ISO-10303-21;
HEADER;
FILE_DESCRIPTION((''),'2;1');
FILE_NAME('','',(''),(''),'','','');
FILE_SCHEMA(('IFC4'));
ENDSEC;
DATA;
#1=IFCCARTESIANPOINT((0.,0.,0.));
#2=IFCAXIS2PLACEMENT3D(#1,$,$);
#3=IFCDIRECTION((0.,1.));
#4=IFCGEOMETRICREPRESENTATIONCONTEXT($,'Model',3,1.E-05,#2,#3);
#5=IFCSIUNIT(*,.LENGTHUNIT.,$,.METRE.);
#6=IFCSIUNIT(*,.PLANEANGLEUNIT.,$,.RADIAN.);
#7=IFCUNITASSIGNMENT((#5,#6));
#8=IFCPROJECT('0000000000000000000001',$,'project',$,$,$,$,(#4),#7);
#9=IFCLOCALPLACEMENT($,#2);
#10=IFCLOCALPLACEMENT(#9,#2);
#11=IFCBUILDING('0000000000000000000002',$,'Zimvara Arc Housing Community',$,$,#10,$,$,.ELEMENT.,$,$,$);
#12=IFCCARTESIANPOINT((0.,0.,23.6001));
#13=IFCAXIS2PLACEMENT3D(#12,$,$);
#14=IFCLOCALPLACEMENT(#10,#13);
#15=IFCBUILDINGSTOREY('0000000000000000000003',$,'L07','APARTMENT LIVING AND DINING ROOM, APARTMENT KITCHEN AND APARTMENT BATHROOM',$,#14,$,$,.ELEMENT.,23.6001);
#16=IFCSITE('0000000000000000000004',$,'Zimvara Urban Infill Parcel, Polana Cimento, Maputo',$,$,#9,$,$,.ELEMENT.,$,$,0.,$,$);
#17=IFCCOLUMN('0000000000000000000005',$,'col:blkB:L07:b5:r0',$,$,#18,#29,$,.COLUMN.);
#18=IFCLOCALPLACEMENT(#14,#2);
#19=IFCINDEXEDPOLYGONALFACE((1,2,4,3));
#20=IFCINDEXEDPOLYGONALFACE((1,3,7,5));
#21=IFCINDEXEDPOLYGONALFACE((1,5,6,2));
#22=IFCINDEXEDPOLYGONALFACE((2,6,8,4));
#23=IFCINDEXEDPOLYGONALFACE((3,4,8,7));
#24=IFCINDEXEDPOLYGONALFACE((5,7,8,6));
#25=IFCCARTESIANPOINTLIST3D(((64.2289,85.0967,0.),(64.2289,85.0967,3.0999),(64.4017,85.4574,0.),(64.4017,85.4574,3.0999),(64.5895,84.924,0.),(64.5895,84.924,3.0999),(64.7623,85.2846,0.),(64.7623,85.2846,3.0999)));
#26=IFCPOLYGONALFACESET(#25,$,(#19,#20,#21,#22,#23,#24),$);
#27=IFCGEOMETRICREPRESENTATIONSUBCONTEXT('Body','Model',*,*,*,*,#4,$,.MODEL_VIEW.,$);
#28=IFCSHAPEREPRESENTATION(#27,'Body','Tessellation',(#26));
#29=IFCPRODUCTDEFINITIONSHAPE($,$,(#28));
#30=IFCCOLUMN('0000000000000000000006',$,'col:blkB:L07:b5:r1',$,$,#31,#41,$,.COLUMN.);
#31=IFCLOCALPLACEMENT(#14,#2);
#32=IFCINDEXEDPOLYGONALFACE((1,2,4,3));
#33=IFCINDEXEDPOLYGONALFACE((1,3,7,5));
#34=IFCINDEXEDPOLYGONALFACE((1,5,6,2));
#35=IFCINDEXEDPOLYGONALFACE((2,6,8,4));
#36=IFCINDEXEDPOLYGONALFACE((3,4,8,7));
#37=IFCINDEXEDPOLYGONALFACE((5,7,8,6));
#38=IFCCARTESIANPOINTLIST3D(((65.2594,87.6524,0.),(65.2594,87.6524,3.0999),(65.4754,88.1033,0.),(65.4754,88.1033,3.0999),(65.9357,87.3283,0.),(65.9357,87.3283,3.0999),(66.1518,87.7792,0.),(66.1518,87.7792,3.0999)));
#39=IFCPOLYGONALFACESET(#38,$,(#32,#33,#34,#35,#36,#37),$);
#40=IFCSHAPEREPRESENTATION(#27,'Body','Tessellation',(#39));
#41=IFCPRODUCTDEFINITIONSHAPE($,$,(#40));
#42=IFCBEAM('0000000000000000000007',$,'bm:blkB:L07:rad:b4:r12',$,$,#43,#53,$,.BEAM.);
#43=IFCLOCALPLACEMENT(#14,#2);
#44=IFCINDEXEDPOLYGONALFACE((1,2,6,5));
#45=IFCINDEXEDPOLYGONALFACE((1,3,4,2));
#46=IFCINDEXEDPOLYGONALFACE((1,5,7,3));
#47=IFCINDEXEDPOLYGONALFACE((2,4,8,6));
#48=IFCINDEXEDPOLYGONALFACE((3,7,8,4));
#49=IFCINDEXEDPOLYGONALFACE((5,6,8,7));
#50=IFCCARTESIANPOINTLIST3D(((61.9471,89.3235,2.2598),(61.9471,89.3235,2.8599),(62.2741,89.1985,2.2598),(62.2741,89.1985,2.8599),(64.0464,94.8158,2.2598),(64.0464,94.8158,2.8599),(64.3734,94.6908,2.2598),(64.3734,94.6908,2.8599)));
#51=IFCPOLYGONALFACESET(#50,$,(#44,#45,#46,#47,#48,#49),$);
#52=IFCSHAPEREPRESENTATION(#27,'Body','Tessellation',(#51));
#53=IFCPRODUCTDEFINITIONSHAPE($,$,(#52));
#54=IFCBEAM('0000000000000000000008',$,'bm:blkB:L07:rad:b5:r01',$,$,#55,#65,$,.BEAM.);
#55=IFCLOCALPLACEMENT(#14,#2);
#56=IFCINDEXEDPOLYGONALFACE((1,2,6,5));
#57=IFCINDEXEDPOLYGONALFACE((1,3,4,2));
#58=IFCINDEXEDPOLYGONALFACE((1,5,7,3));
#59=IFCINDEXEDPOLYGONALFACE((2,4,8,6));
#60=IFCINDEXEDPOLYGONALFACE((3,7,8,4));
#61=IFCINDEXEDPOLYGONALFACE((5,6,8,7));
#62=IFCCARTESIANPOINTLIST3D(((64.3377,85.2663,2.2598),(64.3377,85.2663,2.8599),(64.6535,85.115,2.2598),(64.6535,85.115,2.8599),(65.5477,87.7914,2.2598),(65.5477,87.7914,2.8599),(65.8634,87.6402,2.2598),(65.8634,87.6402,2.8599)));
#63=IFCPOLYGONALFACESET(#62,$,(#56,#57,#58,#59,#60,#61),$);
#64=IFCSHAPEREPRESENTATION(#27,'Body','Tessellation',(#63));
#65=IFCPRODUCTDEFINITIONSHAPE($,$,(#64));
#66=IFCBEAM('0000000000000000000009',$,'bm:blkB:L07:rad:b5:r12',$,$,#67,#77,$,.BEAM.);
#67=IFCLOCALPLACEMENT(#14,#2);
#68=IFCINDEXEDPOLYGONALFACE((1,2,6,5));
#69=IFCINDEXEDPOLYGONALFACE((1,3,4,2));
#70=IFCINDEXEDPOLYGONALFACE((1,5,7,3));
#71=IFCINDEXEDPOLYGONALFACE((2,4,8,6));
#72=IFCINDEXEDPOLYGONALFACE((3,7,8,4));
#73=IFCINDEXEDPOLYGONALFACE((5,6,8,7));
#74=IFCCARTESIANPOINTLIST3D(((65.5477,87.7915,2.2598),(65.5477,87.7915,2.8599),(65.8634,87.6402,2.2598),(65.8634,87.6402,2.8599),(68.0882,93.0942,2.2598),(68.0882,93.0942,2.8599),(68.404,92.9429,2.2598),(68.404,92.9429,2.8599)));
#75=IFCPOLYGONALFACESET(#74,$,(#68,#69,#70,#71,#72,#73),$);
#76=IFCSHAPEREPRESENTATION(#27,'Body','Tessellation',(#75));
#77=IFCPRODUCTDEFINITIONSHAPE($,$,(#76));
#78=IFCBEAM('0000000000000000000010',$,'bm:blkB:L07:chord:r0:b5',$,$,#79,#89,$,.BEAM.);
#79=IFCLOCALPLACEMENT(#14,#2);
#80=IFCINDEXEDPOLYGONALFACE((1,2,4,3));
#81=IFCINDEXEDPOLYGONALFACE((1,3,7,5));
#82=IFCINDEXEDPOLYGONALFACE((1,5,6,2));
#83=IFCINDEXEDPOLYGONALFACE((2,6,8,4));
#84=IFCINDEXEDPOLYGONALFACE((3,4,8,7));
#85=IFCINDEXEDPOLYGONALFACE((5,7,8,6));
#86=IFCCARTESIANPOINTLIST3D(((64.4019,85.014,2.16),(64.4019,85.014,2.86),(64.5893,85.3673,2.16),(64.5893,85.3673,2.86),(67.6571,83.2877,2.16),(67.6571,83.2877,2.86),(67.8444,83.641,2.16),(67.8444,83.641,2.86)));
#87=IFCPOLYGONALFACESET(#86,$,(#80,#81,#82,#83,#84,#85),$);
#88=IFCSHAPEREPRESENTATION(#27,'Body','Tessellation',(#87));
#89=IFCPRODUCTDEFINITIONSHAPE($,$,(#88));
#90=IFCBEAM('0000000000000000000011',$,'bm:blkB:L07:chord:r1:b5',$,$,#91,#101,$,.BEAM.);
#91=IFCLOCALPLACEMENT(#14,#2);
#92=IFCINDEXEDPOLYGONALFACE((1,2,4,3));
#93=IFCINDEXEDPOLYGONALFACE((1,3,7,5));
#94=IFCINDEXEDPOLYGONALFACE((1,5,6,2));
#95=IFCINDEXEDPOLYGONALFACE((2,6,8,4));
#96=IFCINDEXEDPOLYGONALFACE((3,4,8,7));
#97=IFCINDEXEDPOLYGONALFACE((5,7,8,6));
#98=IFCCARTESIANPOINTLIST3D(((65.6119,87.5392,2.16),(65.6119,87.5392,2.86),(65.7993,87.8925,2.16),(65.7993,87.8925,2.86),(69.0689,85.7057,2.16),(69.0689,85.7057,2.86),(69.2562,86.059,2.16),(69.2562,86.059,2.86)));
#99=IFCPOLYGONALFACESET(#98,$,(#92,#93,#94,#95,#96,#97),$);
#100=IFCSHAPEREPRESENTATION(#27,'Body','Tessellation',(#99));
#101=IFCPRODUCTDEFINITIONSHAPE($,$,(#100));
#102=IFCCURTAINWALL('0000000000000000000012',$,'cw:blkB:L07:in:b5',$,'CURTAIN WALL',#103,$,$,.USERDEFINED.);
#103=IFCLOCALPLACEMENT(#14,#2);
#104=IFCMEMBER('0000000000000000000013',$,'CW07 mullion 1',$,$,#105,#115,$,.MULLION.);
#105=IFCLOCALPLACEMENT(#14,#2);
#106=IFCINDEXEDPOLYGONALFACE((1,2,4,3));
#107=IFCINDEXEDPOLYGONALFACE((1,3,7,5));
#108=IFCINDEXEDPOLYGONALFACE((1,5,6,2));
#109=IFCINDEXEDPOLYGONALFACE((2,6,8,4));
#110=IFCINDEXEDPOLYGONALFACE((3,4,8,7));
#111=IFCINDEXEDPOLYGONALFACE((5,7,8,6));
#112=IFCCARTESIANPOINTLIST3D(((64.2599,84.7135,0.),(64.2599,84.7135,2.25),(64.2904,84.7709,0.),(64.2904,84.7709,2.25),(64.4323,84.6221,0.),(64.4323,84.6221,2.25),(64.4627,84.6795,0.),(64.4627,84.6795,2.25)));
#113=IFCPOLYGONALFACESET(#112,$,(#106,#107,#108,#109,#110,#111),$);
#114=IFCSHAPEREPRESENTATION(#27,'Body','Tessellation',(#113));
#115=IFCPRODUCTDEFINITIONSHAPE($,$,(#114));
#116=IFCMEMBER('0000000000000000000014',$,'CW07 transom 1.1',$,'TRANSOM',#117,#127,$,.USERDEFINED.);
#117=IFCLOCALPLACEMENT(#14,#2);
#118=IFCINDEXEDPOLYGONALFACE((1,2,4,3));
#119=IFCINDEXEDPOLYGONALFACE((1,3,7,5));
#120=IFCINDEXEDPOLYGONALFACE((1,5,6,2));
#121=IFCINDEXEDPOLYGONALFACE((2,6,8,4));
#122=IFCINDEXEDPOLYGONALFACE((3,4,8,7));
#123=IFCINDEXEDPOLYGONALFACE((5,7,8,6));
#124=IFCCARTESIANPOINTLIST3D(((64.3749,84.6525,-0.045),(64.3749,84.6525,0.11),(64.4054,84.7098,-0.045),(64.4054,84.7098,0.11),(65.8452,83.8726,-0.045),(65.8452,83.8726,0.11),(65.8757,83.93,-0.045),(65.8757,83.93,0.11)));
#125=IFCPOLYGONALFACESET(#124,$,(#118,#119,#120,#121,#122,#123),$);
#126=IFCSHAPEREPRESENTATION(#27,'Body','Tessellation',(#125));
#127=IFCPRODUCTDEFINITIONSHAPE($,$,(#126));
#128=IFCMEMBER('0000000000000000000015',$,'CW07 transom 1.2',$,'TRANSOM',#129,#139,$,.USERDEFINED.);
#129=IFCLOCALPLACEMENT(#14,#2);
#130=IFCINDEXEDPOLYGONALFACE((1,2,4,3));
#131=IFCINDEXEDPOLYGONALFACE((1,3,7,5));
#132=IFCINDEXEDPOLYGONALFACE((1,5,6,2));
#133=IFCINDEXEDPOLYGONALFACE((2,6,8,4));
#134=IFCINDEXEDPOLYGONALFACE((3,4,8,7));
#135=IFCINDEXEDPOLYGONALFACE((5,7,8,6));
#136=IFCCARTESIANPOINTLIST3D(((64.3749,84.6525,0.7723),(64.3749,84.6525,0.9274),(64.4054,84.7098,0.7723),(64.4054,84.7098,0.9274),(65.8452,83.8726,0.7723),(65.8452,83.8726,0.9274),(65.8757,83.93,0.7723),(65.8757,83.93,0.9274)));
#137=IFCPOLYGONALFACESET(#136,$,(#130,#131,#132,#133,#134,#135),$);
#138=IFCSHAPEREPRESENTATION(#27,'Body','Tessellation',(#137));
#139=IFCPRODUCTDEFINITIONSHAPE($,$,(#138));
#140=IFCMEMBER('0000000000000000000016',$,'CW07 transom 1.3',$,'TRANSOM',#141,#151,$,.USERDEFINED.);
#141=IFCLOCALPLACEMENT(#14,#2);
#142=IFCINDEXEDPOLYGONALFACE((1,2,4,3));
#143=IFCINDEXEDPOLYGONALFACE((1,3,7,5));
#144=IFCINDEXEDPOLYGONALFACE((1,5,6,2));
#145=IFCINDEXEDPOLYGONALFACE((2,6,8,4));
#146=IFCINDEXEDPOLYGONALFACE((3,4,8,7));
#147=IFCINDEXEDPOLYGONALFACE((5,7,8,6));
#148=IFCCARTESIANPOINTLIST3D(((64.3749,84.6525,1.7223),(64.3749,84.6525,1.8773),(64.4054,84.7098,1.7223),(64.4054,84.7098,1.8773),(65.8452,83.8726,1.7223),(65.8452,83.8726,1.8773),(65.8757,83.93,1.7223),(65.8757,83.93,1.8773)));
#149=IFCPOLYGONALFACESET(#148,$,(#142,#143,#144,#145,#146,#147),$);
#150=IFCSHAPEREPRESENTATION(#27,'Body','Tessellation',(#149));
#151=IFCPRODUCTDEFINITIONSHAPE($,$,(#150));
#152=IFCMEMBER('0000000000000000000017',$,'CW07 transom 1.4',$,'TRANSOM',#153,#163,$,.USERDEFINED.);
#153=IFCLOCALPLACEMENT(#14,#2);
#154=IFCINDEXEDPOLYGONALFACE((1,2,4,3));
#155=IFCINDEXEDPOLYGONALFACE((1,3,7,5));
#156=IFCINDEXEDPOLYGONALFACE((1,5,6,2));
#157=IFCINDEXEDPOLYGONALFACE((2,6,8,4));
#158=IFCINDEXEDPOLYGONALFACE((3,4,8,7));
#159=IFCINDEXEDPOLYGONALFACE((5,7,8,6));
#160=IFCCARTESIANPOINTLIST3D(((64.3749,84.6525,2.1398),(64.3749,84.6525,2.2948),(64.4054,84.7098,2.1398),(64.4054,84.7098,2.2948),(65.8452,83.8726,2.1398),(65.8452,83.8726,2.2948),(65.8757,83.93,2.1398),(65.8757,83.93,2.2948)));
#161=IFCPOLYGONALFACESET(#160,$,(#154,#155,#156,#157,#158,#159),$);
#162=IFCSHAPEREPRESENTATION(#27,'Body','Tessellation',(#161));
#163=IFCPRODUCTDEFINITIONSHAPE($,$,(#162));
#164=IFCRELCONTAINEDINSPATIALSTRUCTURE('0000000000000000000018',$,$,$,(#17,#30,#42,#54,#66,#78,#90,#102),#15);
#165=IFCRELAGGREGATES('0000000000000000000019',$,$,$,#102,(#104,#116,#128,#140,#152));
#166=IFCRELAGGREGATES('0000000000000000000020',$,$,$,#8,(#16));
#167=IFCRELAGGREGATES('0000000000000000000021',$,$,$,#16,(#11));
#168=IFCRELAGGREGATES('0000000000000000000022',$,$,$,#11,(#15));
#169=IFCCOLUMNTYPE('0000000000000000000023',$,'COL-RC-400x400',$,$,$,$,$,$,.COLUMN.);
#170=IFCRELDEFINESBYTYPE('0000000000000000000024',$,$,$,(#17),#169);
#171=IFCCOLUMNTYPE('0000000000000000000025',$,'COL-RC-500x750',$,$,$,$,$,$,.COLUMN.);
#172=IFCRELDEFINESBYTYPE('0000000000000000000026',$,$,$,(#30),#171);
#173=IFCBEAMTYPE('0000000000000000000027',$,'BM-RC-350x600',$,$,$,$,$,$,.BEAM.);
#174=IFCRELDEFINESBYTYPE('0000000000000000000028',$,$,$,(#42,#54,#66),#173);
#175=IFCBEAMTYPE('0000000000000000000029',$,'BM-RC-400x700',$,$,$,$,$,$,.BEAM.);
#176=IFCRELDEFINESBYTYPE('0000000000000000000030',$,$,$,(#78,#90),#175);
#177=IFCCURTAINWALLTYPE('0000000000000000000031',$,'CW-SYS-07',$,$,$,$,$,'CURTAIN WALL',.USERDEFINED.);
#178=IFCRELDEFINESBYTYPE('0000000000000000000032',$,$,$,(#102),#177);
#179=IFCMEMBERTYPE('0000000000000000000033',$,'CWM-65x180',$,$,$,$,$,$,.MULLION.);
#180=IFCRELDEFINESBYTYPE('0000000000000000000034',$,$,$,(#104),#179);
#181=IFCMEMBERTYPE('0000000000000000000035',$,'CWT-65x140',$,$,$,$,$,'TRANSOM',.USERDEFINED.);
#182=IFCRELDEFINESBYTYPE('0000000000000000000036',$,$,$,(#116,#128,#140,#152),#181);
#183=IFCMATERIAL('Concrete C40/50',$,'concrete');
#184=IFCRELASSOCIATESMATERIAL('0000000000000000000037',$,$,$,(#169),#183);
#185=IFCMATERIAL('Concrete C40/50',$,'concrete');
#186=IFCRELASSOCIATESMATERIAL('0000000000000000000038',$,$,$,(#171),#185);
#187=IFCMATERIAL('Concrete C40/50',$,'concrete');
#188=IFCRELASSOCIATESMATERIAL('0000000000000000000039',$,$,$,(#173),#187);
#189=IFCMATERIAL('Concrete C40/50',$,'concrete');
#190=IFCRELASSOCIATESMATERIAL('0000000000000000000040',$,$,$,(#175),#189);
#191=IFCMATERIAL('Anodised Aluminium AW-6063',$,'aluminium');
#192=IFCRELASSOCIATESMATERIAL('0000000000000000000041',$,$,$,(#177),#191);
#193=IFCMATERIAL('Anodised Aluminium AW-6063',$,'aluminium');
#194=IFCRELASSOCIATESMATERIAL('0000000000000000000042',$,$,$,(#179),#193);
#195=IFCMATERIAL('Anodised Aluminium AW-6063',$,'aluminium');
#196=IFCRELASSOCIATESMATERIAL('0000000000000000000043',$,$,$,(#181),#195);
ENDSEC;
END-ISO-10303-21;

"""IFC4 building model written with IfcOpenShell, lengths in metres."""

from ifc_helpers import new_model, si_unit, direction, frame, origin, origin_2d, place, context, subcontext, project, spatial, rectangle, extrude, material, material_profile, profile_set, type_object, element, aggregate, save


model = new_model("IFC4")

# Units and contexts
model_context = context("Model", 3, precision=1e-05, world=origin(), true_north=direction((0.0, 1.0)))
body_context = subcontext(model_context, "Body", "Model", "MODEL_VIEW")
ifc_project = project(units=[si_unit("LENGTHUNIT", "METRE"), si_unit("PLANEANGLEUNIT", "RADIAN")], contexts=[model_context])

# Site, building, storey
site_placement = place(None, origin())
site = spatial("IfcSite", under=ifc_project, at=site_placement, Name="Zimvara Urban Infill Parcel, Polana Cimento, Maputo", CompositionType="ELEMENT", RefElevation=0.0)
building_placement = place(site_placement, origin())
building = spatial("IfcBuilding", under=site, at=building_placement, Name="Zimvara Arc Housing Community", CompositionType="ELEMENT")
storey_placement = place(building_placement, frame((0.0, 0.0, 23.6001)))
storey = spatial("IfcBuildingStorey", under=building, at=storey_placement, Name="L07", Description="APARTMENT LIVING AND DINING ROOM, APARTMENT KITCHEN AND APARTMENT BATHROOM", CompositionType="ELEMENT", Elevation=23.6001)

# Columns
ifc_material_1 = material(Name="Concrete C40/50", Category="concrete")
ifc_material_profile_1 = material_profile(ifc_material_1, rectangle(XDim=0.3999, YDim=0.3999, at=origin_2d()), Name="RC 400x400")
ifc_profile_set_1 = profile_set([ifc_material_profile_1], Name="Concrete C40/50")
column_type_1 = type_object("IfcColumnType", Name="COL-RC-400x400", PredefinedType="COLUMN", material=ifc_profile_set_1)
column_1_placement = place(storey_placement, frame((64.4956, 85.1907, 0.0), z_axis=(0.0, 0.0, 1.0), x_axis=(0.432086, 0.901833, 0.0)))
element("IfcColumn", 1, at=column_1_placement, inside=storey, type_object=column_type_1, Name="col:blkB:L07:b5:r0", PredefinedType="COLUMN", context=body_context, shape_type="SweptSolid", body=[
    extrude(rectangle(XDim=0.3999, YDim=0.3999, at=origin_2d()), origin(), (0.0, 0.0, 1.0), 3.0999),
])
ifc_material_2 = material(Name="Concrete C40/50", Category="concrete")
ifc_material_profile_2 = material_profile(ifc_material_2, rectangle(XDim=0.5, YDim=0.75, at=origin_2d()), Name="RC 500x750")
ifc_profile_set_2 = profile_set([ifc_material_profile_2], Name="Concrete C40/50")
column_type_2 = type_object("IfcColumnType", Name="COL-RC-500x750", PredefinedType="COLUMN", material=ifc_profile_set_2)
column_2_placement = place(storey_placement, frame((65.7056, 87.7158, 0.0), z_axis=(0.0, 0.0, 1.0), x_axis=(0.432086, 0.901833, 0.0)))
element("IfcColumn", 2, at=column_2_placement, inside=storey, type_object=column_type_2, Name="col:blkB:L07:b5:r1", PredefinedType="COLUMN", context=body_context, shape_type="SweptSolid", body=[
    extrude(rectangle(XDim=0.5, YDim=0.75, at=origin_2d()), origin(), (0.0, 0.0, 1.0), 3.0999),
])

# Beams
ifc_material_3 = material(Name="Concrete C40/50", Category="concrete")
ifc_material_profile_3 = material_profile(ifc_material_3, rectangle(XDim=0.3501, YDim=0.6001, at=origin_2d()), Name="RC 350x600")
ifc_profile_set_3 = profile_set([ifc_material_profile_3], Name="Concrete C40/50")
beam_type_1 = type_object("IfcBeamType", Name="BM-RC-350x600", PredefinedType="BEAM", material=ifc_profile_set_3)
beam_1_placement = place(storey_placement, frame((62.1106, 89.261, 2.5598), z_axis=(0.357036, 0.934091, 0.0), x_axis=(-0.934091, 0.357036, 0.0)))
element("IfcBeam", 3, at=beam_1_placement, inside=storey, type_object=beam_type_1, Name="bm:blkB:L07:rad:b4:r12", PredefinedType="BEAM", context=body_context, shape_type="SweptSolid", body=[
    extrude(rectangle(XDim=0.3501, YDim=0.6001, at=origin_2d()), origin(), (0.0, 0.0, 1.0), 5.8799),
])
beam_2_placement = place(storey_placement, frame((64.4956, 85.1907, 2.5598), z_axis=(0.432119, 0.901817, 0.0), x_axis=(-0.901817, 0.432119, 0.0)))
element("IfcBeam", 4, at=beam_2_placement, inside=storey, type_object=beam_type_1, Name="bm:blkB:L07:rad:b5:r01", PredefinedType="BEAM", context=body_context, shape_type="SweptSolid", body=[
    extrude(rectangle(XDim=0.3501, YDim=0.6001, at=origin_2d()), origin(), (0.0, 0.0, 1.0), 2.8),
])
beam_3_placement = place(storey_placement, frame((65.7056, 87.7158, 2.5598), z_axis=(0.43207, 0.90184, 0.0), x_axis=(-0.90184, 0.43207, 0.0)))
element("IfcBeam", 5, at=beam_3_placement, inside=storey, type_object=beam_type_1, Name="bm:blkB:L07:rad:b5:r12", PredefinedType="BEAM", context=body_context, shape_type="SweptSolid", body=[
    extrude(rectangle(XDim=0.3501, YDim=0.6001, at=origin_2d()), origin(), (0.0, 0.0, 1.0), 5.8799),
])
ifc_material_4 = material(Name="Concrete C40/50", Category="concrete")
ifc_material_profile_4 = material_profile(ifc_material_4, rectangle(XDim=0.3999, YDim=0.7, at=origin_2d()), Name="RC 400x700")
ifc_profile_set_4 = profile_set([ifc_material_profile_4], Name="Concrete C40/50")
beam_type_2 = type_object("IfcBeamType", Name="BM-RC-400x700", PredefinedType="BEAM", material=ifc_profile_set_4)
beam_4_placement = place(storey_placement, frame((64.4956, 85.1907, 2.51), z_axis=(0.883449, -0.468527, 0.0), x_axis=(0.468527, 0.883449, 0.0)))
element("IfcBeam", 6, at=beam_4_placement, inside=storey, type_object=beam_type_2, Name="bm:blkB:L07:chord:r0:b5", PredefinedType="BEAM", context=body_context, shape_type="SweptSolid", body=[
    extrude(rectangle(XDim=0.3999, YDim=0.7, at=origin_2d()), origin(), (0.0, 0.0, 1.0), 3.6846),
])
beam_5_placement = place(storey_placement, frame((65.7056, 87.7158, 2.51), z_axis=(0.883439, -0.468547, 0.0), x_axis=(0.468547, 0.883439, 0.0)))
element("IfcBeam", 7, at=beam_5_placement, inside=storey, type_object=beam_type_2, Name="bm:blkB:L07:chord:r1:b5", PredefinedType="BEAM", context=body_context, shape_type="SweptSolid", body=[
    extrude(rectangle(XDim=0.3999, YDim=0.7, at=origin_2d()), origin(), (0.0, 0.0, 1.0), 3.9131),
])

# Curtain wall, members
ifc_material_5 = material(Name="Anodised Aluminium AW-6063", Category="aluminium")
curtain_wall_type = type_object("IfcCurtainWallType", Name="CW-SYS-07", ElementType="CURTAIN WALL", PredefinedType="USERDEFINED", material=ifc_material_5)
curtain_wall_placement = place(storey_placement, origin())
curtain_wall = element("IfcCurtainWall", 8, at=curtain_wall_placement, inside=storey, type_object=curtain_wall_type, Name="cw:blkB:L07:in:b5", ObjectType="CURTAIN WALL", PredefinedType="USERDEFINED")
ifc_material_6 = material(Name="Anodised Aluminium AW-6063", Category="aluminium")
ifc_material_profile_5 = material_profile(ifc_material_6, rectangle(XDim=0.0649, YDim=0.1951, at=origin_2d()), Name="ALU 65x195")
ifc_profile_set_5 = profile_set([ifc_material_profile_5], Name="Anodised Aluminium AW-6063")
member_type_1 = type_object("IfcMemberType", Name="CWM-65x180", PredefinedType="MULLION", material=ifc_profile_set_5)
member_1_placement = place(storey_placement, frame((64.3613, 84.6965, 0.0), z_axis=(0.0, 0.0, 1.0), x_axis=(0.468545, 0.88344, 0.0)))
member_1 = element("IfcMember", 9, at=member_1_placement, type_object=member_type_1, Name="CW07 mullion 1", PredefinedType="MULLION", context=body_context, shape_type="SweptSolid", body=[
    extrude(rectangle(XDim=0.0649, YDim=0.1951, at=origin_2d()), origin(), (0.0, 0.0, 1.0), 2.25),
])
ifc_material_7 = material(Name="Anodised Aluminium AW-6063", Category="aluminium")
ifc_material_profile_6 = material_profile(ifc_material_7, rectangle(XDim=0.0649, YDim=0.155, at=origin_2d()), Name="ALU 65x155")
ifc_profile_set_6 = profile_set([ifc_material_profile_6], Name="Anodised Aluminium AW-6063")
member_type_2 = type_object("IfcMemberType", Name="CWT-65x140", ElementType="TRANSOM", PredefinedType="USERDEFINED", material=ifc_profile_set_6)
member_2_placement = place(storey_placement, frame((64.3901, 84.6812, 0.0325), z_axis=(0.883431, -0.468562, 0.0), x_axis=(0.468562, 0.883431, 0.0)))
member_2 = element("IfcMember", 10, at=member_2_placement, type_object=member_type_2, Name="CW07 transom 1.1", ObjectType="TRANSOM", PredefinedType="USERDEFINED", context=body_context, shape_type="SweptSolid", body=[
    extrude(rectangle(XDim=0.0649, YDim=0.155, at=origin_2d()), origin(), (0.0, 0.0, 1.0), 1.6643),
])
member_3_placement = place(storey_placement, frame((64.3901, 84.6812, 0.8499), z_axis=(0.883431, -0.468562, 0.0), x_axis=(0.468562, 0.883431, 0.0)))
member_3 = element("IfcMember", 11, at=member_3_placement, type_object=member_type_2, Name="CW07 transom 1.2", ObjectType="TRANSOM", PredefinedType="USERDEFINED", context=body_context, shape_type="SweptSolid", body=[
    extrude(rectangle(XDim=0.0649, YDim=0.155, at=origin_2d()), origin(), (0.0, 0.0, 1.0), 1.6643),
])
member_4_placement = place(storey_placement, frame((64.3901, 84.6812, 1.7998), z_axis=(0.883431, -0.468562, 0.0), x_axis=(0.468562, 0.883431, 0.0)))
member_4 = element("IfcMember", 12, at=member_4_placement, type_object=member_type_2, Name="CW07 transom 1.3", ObjectType="TRANSOM", PredefinedType="USERDEFINED", context=body_context, shape_type="SweptSolid", body=[
    extrude(rectangle(XDim=0.0649, YDim=0.155, at=origin_2d()), origin(), (0.0, 0.0, 1.0), 1.6643),
])
member_5_placement = place(storey_placement, frame((64.3901, 84.6812, 2.2173), z_axis=(0.883431, -0.468562, 0.0), x_axis=(0.468562, 0.883431, 0.0)))
member_5 = element("IfcMember", 13, at=member_5_placement, type_object=member_type_2, Name="CW07 transom 1.4", ObjectType="TRANSOM", PredefinedType="USERDEFINED", context=body_context, shape_type="SweptSolid", body=[
    extrude(rectangle(XDim=0.0649, YDim=0.155, at=origin_2d()), origin(), (0.0, 0.0, 1.0), 1.6643),
])
aggregate(curtain_wall, [member_1, member_2, member_3, member_4, member_5])

save(model, "model.ifc")
